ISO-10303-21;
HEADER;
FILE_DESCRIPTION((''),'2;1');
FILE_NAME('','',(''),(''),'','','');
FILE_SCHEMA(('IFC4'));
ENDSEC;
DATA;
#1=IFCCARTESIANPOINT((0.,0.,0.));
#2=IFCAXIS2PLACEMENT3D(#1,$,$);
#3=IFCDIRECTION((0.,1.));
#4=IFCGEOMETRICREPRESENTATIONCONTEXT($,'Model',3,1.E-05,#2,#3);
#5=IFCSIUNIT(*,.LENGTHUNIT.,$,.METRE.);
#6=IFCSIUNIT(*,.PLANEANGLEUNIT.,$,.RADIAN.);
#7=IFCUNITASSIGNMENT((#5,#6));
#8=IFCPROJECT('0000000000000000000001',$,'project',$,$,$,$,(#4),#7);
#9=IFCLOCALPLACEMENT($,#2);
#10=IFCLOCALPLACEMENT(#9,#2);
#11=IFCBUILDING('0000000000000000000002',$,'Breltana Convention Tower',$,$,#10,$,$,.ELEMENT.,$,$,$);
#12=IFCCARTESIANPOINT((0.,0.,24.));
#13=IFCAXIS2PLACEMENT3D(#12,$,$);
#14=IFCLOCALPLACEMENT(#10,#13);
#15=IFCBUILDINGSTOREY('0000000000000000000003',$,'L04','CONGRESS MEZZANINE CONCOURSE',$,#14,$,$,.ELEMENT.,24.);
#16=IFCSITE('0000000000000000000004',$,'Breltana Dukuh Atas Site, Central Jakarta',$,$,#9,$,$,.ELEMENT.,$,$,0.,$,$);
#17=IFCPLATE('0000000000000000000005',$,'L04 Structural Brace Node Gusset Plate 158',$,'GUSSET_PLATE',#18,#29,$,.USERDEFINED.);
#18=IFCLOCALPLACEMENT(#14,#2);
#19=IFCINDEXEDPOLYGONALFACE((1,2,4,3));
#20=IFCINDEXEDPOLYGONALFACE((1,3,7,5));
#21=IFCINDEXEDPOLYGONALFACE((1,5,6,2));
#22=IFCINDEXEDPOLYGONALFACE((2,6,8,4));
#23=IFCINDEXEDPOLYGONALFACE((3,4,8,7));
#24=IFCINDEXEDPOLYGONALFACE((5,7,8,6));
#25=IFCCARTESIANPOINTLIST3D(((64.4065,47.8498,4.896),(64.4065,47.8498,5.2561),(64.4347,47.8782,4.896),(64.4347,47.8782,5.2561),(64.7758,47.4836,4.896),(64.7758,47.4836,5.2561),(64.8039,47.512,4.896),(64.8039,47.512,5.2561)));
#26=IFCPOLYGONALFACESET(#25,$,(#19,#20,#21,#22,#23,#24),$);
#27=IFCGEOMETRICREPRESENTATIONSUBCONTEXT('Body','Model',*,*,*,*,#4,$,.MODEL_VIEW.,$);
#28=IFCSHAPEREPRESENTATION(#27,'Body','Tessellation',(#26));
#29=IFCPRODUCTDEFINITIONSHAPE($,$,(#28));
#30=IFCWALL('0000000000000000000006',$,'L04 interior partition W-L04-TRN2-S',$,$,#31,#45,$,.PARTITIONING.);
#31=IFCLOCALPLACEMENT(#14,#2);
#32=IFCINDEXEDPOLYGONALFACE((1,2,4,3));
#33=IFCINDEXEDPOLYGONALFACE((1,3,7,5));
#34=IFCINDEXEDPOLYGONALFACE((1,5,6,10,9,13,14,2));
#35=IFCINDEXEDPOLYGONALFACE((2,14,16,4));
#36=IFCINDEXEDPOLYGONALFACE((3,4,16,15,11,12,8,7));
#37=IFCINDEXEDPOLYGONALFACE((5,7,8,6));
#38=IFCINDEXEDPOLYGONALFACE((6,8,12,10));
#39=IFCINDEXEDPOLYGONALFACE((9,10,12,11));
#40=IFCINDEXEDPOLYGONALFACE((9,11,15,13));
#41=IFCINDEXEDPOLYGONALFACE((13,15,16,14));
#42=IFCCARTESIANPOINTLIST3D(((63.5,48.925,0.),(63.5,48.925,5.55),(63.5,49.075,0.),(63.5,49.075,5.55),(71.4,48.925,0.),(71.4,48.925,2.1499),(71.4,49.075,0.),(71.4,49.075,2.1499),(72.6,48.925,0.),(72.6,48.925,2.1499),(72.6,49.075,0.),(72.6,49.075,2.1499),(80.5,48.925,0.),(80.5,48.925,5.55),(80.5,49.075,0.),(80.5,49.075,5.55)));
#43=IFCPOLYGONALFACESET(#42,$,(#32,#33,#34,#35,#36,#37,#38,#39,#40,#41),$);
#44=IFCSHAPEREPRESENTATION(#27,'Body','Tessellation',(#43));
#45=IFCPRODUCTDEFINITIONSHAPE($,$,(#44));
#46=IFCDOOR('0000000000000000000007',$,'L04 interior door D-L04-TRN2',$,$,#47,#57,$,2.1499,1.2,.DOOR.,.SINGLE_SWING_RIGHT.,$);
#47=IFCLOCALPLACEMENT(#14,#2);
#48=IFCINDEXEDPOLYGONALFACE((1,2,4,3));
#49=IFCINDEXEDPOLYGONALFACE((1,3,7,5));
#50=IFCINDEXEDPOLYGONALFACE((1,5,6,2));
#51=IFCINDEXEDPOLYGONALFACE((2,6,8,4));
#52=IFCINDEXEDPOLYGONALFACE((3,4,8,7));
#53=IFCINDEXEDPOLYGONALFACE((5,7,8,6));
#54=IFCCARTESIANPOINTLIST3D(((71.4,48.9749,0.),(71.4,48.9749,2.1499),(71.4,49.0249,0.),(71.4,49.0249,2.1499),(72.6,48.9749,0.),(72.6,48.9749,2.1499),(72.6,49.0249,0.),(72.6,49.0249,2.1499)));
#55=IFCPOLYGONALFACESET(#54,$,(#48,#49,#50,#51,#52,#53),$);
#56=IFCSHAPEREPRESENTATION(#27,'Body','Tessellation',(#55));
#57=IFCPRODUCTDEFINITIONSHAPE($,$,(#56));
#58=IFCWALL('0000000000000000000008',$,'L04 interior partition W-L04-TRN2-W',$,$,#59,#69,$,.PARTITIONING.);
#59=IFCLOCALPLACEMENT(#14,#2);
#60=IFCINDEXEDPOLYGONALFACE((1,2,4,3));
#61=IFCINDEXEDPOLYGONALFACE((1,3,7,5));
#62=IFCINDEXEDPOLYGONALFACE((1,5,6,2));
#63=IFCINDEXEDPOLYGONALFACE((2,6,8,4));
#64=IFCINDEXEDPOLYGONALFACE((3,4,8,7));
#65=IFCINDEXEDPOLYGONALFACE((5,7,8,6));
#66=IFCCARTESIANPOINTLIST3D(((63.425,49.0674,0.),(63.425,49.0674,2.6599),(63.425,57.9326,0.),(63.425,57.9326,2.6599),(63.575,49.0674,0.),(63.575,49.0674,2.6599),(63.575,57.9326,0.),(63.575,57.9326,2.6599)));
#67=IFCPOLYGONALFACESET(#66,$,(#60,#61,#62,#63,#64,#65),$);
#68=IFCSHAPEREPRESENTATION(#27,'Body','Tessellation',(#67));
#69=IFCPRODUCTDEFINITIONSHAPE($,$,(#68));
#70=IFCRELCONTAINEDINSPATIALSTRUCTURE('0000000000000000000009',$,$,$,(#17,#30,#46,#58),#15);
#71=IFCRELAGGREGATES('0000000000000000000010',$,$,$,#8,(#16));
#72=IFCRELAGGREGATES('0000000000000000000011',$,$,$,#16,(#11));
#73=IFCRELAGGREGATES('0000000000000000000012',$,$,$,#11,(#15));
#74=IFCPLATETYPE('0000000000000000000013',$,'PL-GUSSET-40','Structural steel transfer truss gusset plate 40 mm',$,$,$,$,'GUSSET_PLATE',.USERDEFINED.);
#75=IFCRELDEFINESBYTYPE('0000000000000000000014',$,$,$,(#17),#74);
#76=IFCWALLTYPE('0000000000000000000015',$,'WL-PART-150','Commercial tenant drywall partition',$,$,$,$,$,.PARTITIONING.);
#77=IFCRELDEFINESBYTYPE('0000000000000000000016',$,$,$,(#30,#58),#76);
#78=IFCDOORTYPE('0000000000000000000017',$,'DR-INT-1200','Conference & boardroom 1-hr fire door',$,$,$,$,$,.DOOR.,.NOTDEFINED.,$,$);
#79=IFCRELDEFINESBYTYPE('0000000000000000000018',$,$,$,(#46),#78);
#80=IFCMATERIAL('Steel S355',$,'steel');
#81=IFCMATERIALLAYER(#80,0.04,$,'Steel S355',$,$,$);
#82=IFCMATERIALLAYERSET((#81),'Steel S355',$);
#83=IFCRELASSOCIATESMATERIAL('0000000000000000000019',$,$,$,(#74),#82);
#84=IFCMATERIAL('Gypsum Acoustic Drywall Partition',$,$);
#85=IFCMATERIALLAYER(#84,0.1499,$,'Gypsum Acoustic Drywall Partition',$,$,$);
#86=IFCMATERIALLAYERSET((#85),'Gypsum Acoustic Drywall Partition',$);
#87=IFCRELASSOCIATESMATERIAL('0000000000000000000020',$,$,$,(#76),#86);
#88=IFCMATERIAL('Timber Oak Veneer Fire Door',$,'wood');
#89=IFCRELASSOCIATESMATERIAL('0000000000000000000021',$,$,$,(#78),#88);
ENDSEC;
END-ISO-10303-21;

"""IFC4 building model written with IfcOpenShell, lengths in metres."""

from ifc_helpers import new_model, si_unit, direction, frame, frame_2d, origin, origin_2d, place, context, subcontext, project, spatial, rectangle, extrude, source, transform, mapped, material, layer, layer_set, type_object, type_shapes, element, fill, save


model = new_model("IFC4")

# Units and contexts
model_context = context("Model", 3, precision=1e-05, world=origin(), true_north=direction((0.0, 1.0)))
body_context = subcontext(model_context, "Body", "Model", "MODEL_VIEW")
ifc_project = project(units=[si_unit("LENGTHUNIT", "METRE"), si_unit("PLANEANGLEUNIT", "RADIAN")], contexts=[model_context])

# Site, building, storey
site_placement = place(None, origin())
site = spatial("IfcSite", under=ifc_project, at=site_placement, Name="Breltana Dukuh Atas Site, Central Jakarta", CompositionType="ELEMENT", RefElevation=0.0)
building_placement = place(site_placement, origin())
building = spatial("IfcBuilding", under=site, at=building_placement, Name="Breltana Convention Tower", CompositionType="ELEMENT")
storey_placement = place(building_placement, frame((0.0, 0.0, 24.0)))
storey = spatial("IfcBuildingStorey", under=building, at=storey_placement, Name="L04", Description="CONGRESS MEZZANINE CONCOURSE", CompositionType="ELEMENT", Elevation=24.0)

# Plate
ifc_material_1 = material(Name="Steel S355", Category="steel")
ifc_layer_1 = layer(ifc_material_1, 0.04, Name="Steel S355")
ifc_layer_set_1 = layer_set([ifc_layer_1], Name="Steel S355")
plate_type = type_object("IfcPlateType", Name="PL-GUSSET-40", Description="Structural steel transfer truss gusset plate 40 mm", ElementType="GUSSET_PLATE", PredefinedType="USERDEFINED", material=ifc_layer_set_1)
shared_shape_1 = source(origin(), body_context, "Body", "SweptSolid", [
    extrude(rectangle(XDim=0.52, YDim=0.04, at=origin_2d()), origin(), (0.0, 0.0, 1.0), 0.3601),
])
for number, where, z_axis, x_axis, name in (
    (1, (64.6052, 47.6809, 4.896), (0.0, 0.0, 1.0), (0.710062, -0.704139, 0.0), "L04 Structural Brace Node Gusset Plate 158"),
):
    element("IfcPlate", number, at=place(storey_placement, frame(where, z_axis=z_axis, x_axis=x_axis)), inside=storey, type_object=plate_type, Name=name, ObjectType="GUSSET_PLATE", PredefinedType="USERDEFINED", context=body_context, shape_type="MappedRepresentation", body=[
        mapped(shared_shape_1, transform((0.0, 0.0, 0.0), scale=1.0)),
    ])

# Wall, opening, door
ifc_material_2 = material(Name="Gypsum Acoustic Drywall Partition")
ifc_layer_2 = layer(ifc_material_2, 0.1499, Name="Gypsum Acoustic Drywall Partition")
ifc_layer_set_2 = layer_set([ifc_layer_2], Name="Gypsum Acoustic Drywall Partition")
wall_type = type_object("IfcWallType", Name="WL-PART-150", Description="Commercial tenant drywall partition", PredefinedType="PARTITIONING", material=ifc_layer_set_2)
shared_shape_2 = source(origin(), body_context, "Body", "SweptSolid", [
    extrude(rectangle(XDim=17.0, YDim=0.1499, at=frame_2d((8.5, 0.0))), origin(), (0.0, 0.0, 1.0), 5.55),
])
wall_1_placement = place(storey_placement, frame((63.5, 49.0, 0.0), z_axis=(0.0, 0.0, 1.0), x_axis=(1.0, 0.0, 0.0)))
wall_1 = element("IfcWall", 2, at=wall_1_placement, inside=storey, type_object=wall_type, Name="L04 interior partition W-L04-TRN2-S", PredefinedType="PARTITIONING", context=body_context, shape_type="MappedRepresentation", body=[
    mapped(shared_shape_2, transform((0.0, 0.0, 0.0), scale=1.0)),
])
opening_placement = place(wall_1_placement, frame((7.8999, 0.0, 0.0)))
opening = element("IfcOpeningElement", 3, at=opening_placement, cuts=wall_1, PredefinedType="OPENING", context=body_context, shape_type="SweptSolid", body=[
    extrude(rectangle(XDim=1.2, YDim=2.1499, at=frame_2d((0.6001, 1.075))), frame((0.0, 0.085, 0.0), z_axis=(0.0, -1.0, 0.0), x_axis=(1.0, 0.0, 0.0)), (0.0, 0.0, 1.0), 0.1699),
])
ifc_material_3 = material(Name="Timber Oak Veneer Fire Door", Category="wood")
door_type = type_object("IfcDoorType", Name="DR-INT-1200", Description="Conference & boardroom 1-hr fire door", OperationType="NOTDEFINED", PredefinedType="DOOR", material=ifc_material_3)
shared_shape_3 = source(origin(), body_context, "Body", "SweptSolid", [
    extrude(rectangle(XDim=1.2, YDim=2.1499, at=frame_2d((0.6001, 1.075))), frame((0.0, 0.0249, 0.0), z_axis=(0.0, -1.0, 0.0), x_axis=(1.0, 0.0, 0.0)), (0.0, 0.0, 1.0), 0.05),
])
type_shapes(door_type, [shared_shape_3])
door_placement = place(opening_placement, origin())
door = element("IfcDoor", 4, at=door_placement, inside=storey, type_object=door_type, Name="L04 interior door D-L04-TRN2", OperationType="SINGLE_SWING_RIGHT", OverallHeight=2.1499, OverallWidth=1.2, PredefinedType="DOOR", context=body_context, shape_type="MappedRepresentation", body=[
    mapped(shared_shape_3, transform((0.0, 0.0, 0.0), scale=1.0)),
])
fill(opening, door)

# Wall
shared_shape_4 = source(origin(), body_context, "Body", "SweptSolid", [
    extrude(rectangle(XDim=8.8652, YDim=0.1499, at=frame_2d((4.4326, 0.0))), origin(), (0.0, 0.0, 1.0), 2.6599),
])
wall_2_placement = place(storey_placement, frame((63.5, 49.0674, 0.0), z_axis=(0.0, 0.0, 1.0), x_axis=(0.0, 1.0, 0.0)))
element("IfcWall", 5, at=wall_2_placement, inside=storey, type_object=wall_type, Name="L04 interior partition W-L04-TRN2-W", PredefinedType="PARTITIONING", context=body_context, shape_type="MappedRepresentation", body=[
    mapped(shared_shape_4, transform((0.0, 0.0, 0.0), scale=1.0)),
])

save(model, "model.ifc")
